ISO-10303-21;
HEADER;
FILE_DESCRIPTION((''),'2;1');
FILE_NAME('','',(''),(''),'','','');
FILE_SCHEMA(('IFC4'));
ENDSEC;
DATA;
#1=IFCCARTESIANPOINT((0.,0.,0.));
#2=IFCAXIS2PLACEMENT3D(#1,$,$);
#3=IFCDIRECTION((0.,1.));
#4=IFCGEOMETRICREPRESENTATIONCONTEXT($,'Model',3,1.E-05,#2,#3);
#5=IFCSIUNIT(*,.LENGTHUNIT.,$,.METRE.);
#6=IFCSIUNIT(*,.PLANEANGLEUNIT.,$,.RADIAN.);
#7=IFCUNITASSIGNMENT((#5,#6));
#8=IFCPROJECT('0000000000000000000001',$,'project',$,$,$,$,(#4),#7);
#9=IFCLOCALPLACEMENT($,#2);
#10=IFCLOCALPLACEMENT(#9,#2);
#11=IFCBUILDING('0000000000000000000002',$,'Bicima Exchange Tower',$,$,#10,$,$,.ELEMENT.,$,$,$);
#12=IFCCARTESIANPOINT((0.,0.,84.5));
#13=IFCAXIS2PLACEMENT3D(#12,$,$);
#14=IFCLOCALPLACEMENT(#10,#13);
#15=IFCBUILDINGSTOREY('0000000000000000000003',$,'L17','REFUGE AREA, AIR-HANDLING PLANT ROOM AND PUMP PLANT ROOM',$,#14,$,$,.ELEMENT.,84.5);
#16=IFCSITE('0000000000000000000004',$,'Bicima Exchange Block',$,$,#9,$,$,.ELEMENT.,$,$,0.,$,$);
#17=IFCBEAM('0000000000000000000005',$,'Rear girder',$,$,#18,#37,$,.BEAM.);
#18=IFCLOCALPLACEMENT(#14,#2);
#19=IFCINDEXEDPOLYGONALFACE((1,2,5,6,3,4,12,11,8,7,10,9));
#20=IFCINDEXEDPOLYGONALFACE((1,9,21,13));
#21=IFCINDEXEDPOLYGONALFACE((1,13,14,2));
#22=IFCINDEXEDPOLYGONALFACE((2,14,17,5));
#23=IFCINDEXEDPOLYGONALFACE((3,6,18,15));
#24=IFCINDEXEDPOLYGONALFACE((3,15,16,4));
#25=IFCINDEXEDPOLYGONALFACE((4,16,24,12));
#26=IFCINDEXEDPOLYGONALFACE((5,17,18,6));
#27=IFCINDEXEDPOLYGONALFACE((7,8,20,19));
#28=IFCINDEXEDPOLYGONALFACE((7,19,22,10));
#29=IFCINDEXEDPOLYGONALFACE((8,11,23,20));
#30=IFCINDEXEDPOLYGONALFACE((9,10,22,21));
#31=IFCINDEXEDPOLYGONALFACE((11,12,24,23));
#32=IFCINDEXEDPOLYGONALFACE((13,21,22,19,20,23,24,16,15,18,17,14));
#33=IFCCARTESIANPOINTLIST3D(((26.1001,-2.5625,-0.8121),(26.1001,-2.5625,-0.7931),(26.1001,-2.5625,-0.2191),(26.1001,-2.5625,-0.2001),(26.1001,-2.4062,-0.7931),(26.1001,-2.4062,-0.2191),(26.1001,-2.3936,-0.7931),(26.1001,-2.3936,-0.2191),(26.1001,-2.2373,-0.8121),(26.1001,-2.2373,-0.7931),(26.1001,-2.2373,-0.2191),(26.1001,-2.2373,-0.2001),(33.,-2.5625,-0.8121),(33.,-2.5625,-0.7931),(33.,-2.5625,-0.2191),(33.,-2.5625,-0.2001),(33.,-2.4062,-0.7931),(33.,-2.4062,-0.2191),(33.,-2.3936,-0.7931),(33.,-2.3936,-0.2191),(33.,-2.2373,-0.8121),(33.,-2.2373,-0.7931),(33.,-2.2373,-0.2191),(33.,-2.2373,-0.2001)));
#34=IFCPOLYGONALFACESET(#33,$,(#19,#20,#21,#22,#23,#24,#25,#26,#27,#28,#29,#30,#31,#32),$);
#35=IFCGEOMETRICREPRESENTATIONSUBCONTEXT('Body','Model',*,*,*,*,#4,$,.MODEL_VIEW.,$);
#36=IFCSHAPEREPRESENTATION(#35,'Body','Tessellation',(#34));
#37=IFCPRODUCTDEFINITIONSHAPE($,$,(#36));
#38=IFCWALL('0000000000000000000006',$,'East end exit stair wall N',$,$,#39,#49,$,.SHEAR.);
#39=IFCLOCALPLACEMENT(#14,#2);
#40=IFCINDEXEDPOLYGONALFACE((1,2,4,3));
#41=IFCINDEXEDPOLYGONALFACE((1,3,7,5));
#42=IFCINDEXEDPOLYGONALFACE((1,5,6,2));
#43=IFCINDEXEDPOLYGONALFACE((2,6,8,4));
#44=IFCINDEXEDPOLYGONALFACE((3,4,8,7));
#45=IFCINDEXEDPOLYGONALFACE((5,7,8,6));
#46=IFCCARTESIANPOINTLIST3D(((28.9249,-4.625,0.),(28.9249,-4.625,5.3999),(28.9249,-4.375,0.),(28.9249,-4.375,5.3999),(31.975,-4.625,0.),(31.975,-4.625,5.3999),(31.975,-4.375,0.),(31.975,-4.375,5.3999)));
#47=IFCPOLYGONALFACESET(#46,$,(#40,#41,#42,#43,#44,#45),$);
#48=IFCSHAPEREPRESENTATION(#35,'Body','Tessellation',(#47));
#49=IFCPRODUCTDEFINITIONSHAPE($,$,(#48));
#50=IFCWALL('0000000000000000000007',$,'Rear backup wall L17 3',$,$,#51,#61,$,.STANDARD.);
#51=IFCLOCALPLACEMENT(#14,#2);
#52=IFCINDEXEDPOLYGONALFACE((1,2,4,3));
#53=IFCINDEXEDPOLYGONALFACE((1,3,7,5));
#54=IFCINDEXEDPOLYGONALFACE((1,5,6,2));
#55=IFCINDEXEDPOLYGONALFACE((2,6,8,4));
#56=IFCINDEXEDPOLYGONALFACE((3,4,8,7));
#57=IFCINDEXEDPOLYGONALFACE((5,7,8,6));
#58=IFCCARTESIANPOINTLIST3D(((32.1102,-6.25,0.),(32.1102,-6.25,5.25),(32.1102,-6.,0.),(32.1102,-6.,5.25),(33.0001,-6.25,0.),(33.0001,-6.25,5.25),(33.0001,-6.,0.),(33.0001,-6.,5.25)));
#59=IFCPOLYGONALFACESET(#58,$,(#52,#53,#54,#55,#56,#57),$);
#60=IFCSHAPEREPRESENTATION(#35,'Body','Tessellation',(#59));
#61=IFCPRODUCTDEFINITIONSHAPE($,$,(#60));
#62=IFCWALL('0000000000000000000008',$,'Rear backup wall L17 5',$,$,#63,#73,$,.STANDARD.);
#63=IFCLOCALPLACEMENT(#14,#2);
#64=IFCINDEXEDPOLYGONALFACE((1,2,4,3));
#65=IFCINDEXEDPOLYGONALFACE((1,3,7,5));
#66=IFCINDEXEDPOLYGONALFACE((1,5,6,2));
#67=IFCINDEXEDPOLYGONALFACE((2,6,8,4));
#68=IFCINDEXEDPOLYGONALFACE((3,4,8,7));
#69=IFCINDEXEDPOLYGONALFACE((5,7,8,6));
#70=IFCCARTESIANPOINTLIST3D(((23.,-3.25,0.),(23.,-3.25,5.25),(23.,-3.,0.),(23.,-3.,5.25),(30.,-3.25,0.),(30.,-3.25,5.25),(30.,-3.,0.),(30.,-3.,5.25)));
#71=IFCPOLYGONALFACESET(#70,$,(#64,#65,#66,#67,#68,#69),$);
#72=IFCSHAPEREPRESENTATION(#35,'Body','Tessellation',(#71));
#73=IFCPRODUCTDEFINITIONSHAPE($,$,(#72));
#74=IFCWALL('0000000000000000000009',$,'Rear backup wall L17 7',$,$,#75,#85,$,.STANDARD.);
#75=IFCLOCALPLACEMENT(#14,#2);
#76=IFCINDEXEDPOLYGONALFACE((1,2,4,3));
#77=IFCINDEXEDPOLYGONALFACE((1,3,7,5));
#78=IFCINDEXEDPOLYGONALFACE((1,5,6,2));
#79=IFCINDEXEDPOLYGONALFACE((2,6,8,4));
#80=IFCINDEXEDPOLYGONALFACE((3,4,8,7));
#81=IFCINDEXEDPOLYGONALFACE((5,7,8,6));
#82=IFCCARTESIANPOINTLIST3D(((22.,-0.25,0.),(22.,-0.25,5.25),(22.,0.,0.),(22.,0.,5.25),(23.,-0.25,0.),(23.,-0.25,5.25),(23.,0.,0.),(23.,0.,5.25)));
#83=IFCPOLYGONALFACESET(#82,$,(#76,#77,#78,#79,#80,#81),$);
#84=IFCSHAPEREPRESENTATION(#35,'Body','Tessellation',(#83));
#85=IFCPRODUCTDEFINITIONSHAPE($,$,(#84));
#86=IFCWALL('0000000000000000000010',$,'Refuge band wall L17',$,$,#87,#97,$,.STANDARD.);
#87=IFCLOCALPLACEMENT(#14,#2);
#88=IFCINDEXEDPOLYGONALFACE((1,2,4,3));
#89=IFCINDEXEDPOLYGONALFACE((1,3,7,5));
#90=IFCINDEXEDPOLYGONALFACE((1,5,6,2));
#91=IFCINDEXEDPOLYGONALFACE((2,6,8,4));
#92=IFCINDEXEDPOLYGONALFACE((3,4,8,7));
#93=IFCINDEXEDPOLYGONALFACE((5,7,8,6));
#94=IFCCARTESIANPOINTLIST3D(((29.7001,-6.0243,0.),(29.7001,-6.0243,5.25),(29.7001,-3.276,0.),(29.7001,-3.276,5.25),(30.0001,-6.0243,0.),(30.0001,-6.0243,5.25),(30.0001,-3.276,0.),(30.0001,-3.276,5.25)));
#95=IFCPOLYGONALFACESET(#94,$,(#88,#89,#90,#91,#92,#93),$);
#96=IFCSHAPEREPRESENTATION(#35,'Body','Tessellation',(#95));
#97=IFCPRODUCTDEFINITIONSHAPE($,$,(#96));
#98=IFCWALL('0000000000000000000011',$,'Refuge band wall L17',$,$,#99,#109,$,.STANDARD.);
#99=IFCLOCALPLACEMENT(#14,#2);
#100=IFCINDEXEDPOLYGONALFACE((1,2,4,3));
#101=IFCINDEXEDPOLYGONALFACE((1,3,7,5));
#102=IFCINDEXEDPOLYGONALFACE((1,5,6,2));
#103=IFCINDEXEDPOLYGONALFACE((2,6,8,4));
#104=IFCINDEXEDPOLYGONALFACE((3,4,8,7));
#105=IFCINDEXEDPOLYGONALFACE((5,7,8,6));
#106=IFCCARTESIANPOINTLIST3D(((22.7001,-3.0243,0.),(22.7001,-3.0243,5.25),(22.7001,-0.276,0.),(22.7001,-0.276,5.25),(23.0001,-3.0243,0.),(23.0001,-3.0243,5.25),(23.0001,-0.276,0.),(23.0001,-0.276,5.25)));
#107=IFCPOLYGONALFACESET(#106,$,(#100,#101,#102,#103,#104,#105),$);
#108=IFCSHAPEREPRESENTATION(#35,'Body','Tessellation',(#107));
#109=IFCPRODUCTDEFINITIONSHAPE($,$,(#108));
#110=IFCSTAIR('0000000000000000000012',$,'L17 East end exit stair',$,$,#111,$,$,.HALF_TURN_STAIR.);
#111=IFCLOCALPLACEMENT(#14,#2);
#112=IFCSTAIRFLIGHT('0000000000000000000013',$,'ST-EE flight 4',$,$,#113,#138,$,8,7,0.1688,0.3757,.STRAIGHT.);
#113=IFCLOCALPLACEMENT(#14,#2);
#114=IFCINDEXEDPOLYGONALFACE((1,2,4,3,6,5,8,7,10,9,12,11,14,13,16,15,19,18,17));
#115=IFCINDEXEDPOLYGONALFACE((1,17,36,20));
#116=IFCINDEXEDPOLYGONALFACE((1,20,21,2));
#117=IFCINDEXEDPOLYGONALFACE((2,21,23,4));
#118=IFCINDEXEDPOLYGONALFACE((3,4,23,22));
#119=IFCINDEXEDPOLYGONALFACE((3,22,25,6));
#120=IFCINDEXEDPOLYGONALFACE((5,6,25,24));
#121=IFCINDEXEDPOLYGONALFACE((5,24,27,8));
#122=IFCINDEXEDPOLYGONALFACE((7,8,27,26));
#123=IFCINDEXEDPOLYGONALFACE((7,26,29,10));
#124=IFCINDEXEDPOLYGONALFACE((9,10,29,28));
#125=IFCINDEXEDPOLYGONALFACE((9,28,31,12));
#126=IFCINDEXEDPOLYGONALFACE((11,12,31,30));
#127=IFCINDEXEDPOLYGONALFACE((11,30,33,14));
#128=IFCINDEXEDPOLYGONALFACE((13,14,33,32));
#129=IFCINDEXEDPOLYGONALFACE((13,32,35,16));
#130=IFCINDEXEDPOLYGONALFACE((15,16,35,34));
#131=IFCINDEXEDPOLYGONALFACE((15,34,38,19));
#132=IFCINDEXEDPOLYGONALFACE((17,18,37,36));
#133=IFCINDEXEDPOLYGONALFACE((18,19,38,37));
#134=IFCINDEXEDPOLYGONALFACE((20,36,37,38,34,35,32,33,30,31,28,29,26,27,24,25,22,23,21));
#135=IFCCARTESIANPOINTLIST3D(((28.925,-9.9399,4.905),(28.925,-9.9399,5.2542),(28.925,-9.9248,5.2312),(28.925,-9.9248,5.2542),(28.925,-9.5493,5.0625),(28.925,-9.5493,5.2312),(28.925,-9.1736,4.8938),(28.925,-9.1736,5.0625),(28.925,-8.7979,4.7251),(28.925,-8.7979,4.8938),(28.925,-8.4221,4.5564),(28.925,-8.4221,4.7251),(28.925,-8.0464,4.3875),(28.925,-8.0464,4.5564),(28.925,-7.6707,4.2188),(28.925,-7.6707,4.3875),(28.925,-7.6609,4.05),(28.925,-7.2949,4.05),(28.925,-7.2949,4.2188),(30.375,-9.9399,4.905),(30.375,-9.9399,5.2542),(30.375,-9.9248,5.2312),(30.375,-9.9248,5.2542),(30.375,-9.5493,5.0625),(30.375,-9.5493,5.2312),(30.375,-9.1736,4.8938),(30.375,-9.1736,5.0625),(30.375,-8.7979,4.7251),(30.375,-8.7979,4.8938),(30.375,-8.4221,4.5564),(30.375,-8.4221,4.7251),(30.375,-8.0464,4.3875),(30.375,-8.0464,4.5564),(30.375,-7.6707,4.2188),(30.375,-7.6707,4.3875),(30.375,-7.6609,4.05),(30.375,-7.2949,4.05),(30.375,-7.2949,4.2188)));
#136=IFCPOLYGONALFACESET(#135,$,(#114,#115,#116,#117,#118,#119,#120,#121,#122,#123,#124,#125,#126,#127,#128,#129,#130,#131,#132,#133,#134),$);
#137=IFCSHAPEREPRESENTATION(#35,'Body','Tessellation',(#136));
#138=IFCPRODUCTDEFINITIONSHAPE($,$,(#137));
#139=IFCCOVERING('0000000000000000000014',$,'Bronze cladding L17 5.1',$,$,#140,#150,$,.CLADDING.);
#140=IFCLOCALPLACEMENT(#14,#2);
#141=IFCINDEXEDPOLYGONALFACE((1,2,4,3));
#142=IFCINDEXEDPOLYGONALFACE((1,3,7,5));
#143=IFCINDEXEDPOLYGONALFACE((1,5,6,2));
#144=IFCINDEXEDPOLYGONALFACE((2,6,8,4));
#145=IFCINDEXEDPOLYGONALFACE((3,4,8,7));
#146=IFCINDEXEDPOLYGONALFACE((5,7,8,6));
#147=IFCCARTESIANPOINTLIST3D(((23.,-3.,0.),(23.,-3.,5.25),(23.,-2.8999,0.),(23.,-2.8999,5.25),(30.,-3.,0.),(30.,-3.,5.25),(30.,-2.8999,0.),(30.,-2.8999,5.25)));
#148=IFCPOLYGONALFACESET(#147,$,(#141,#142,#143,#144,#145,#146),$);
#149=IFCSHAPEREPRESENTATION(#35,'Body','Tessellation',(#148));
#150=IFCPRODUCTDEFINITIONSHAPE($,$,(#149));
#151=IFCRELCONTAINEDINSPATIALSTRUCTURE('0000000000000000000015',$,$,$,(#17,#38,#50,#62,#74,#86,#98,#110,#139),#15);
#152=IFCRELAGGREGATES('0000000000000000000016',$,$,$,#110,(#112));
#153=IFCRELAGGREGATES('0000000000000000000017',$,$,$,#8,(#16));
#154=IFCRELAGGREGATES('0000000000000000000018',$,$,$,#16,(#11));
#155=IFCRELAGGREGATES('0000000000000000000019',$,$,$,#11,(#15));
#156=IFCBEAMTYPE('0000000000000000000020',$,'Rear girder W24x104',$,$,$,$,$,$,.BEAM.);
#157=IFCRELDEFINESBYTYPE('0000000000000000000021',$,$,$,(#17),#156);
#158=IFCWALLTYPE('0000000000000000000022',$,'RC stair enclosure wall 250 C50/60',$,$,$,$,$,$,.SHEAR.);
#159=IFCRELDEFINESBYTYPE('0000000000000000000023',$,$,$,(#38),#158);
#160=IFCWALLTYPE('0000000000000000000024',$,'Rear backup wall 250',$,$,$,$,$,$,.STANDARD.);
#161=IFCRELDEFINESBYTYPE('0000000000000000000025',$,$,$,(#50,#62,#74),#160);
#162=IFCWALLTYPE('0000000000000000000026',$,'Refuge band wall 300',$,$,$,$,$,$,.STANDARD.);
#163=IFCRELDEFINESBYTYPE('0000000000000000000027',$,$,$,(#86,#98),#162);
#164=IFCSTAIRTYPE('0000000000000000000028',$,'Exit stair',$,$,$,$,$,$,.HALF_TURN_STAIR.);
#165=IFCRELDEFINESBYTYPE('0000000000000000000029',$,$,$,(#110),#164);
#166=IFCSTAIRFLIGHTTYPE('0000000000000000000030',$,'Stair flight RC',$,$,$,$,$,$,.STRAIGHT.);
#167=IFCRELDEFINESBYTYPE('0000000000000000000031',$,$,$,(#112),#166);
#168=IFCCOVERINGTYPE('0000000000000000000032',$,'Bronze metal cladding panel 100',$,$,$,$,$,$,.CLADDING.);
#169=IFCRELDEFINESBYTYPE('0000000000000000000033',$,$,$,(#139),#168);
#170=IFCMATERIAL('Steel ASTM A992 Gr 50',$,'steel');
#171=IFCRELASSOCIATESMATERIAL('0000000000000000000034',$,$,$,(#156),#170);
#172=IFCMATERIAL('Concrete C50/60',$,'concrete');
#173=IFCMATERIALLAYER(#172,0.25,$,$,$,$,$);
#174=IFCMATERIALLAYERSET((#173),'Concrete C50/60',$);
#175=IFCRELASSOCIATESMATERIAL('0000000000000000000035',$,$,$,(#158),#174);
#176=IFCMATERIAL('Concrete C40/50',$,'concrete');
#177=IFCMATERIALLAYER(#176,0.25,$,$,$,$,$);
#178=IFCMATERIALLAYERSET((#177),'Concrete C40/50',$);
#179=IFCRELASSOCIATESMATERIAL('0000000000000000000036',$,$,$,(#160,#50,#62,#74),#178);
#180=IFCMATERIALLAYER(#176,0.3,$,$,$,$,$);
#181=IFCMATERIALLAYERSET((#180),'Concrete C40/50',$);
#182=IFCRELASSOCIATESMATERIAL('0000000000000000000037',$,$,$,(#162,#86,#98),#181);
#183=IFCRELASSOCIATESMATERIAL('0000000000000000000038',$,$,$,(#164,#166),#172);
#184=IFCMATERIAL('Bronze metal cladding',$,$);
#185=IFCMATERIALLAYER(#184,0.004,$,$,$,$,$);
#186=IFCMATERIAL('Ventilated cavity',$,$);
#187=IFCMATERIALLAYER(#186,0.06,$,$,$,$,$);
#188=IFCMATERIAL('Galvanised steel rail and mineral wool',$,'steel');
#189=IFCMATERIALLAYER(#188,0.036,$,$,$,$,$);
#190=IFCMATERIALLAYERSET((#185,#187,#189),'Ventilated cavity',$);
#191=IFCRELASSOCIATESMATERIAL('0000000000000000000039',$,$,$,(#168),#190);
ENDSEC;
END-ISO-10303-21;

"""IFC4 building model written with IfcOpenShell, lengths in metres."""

from ifc_helpers import new_model, si_unit, direction, frame, frame_2d, origin, origin_2d, place, context, subcontext, project, spatial, polyline, rectangle, i_section, outline, extrude, material, layer, layer_set, layer_usage, material_profile, profile_set, type_object, element, aggregate, save


model = new_model("IFC4")

# Units and contexts
model_context = context("Model", 3, precision=1e-05, world=origin(), true_north=direction((0.0, 1.0)))
body_context = subcontext(model_context, "Body", "Model", "MODEL_VIEW")
ifc_project = project(units=[si_unit("LENGTHUNIT", "METRE"), si_unit("PLANEANGLEUNIT", "RADIAN")], contexts=[model_context])

# Site, building, storey
site_placement = place(None, origin())
site = spatial("IfcSite", under=ifc_project, at=site_placement, Name="Bicima Exchange Block", CompositionType="ELEMENT", RefElevation=0.0)
building_placement = place(site_placement, origin())
building = spatial("IfcBuilding", under=site, at=building_placement, Name="Bicima Exchange Tower", CompositionType="ELEMENT")
storey_placement = place(building_placement, frame((0.0, 0.0, 84.5)))
storey = spatial("IfcBuildingStorey", under=building, at=storey_placement, Name="L17", Description="REFUGE AREA, AIR-HANDLING PLANT ROOM AND PUMP PLANT ROOM", CompositionType="ELEMENT", Elevation=84.5)

# Shared definitions
ifc_material_1 = material(Name="Steel ASTM A992 Gr 50", Category="steel")

# Beam
ifc_material_profile_1 = material_profile(ifc_material_1, i_section(OverallWidth=0.3252, OverallDepth=0.6121, WebThickness=0.0127, FlangeThickness=0.019, at=origin_2d()))
ifc_profile_set_1 = profile_set([ifc_material_profile_1], Name="Steel ASTM A992 Gr 50")
beam_type_1 = type_object("IfcBeamType", Name="Rear girder W24x104", PredefinedType="BEAM", material=ifc_profile_set_1)
beam_1_placement = place(storey_placement, frame((26.1001, -2.3999, -0.5061), z_axis=(1.0, 0.0, 0.0), x_axis=(0.0, 1.0, 0.0)))
element("IfcBeam", 1, at=beam_1_placement, inside=storey, type_object=beam_type_1, Name="Rear girder", PredefinedType="BEAM", context=body_context, shape_type="SweptSolid", body=[
    extrude(i_section(OverallWidth=0.3252, OverallDepth=0.6121, WebThickness=0.0127, FlangeThickness=0.019, at=origin_2d()), origin(), (0.0, 0.0, 1.0), 6.8999),
])

# Walls
ifc_material_2 = material(Name="Concrete C50/60", Category="concrete")
ifc_layer_1 = layer(ifc_material_2, 0.25)
ifc_layer_set_1 = layer_set([ifc_layer_1], Name="Concrete C50/60")
wall_type_1 = type_object("IfcWallType", Name="RC stair enclosure wall 250 C50/60", PredefinedType="SHEAR", material=ifc_layer_set_1)
wall_1_placement = place(storey_placement, frame((28.925, -4.5, 0.0), z_axis=(0.0, 0.0, 1.0), x_axis=(1.0, 0.0, 0.0)))
element("IfcWall", 2, at=wall_1_placement, inside=storey, type_object=wall_type_1, Name="East end exit stair wall N", PredefinedType="SHEAR", context=body_context, shape_type="SweptSolid", body=[
    extrude(rectangle(XDim=3.05, YDim=0.25, at=frame_2d((1.5249, 0.0))), origin(), (0.0, 0.0, 1.0), 5.3999),
])
ifc_material_3 = material(Name="Concrete C40/50", Category="concrete")
ifc_layer_2 = layer(ifc_material_3, 0.25)
ifc_layer_set_2 = layer_set([ifc_layer_2], Name="Concrete C40/50")
ifc_layer_usage_1 = layer_usage(ifc_layer_set_2, "AXIS2", "POSITIVE", -0.125)
wall_type_2 = type_object("IfcWallType", Name="Rear backup wall 250", PredefinedType="STANDARD", material=ifc_layer_set_2)
wall_2_placement = place(storey_placement, frame((33.0, -6.125, 0.0), z_axis=(0.0, 0.0, 1.0), x_axis=(-1.0, 0.0, 0.0)))
element("IfcWall", 3, at=wall_2_placement, inside=storey, type_object=wall_type_2, material=ifc_layer_usage_1, Name="Rear backup wall L17 3", PredefinedType="STANDARD", context=body_context, shape_type="SweptSolid", body=[
    extrude(rectangle(XDim=0.8899, YDim=0.25, at=frame_2d((0.4448, 0.0))), origin(), (0.0, 0.0, 1.0), 5.25),
])
wall_3_placement = place(storey_placement, frame((30.0, -3.125, 0.0), z_axis=(0.0, 0.0, 1.0), x_axis=(-1.0, 0.0, 0.0)))
element("IfcWall", 4, at=wall_3_placement, inside=storey, type_object=wall_type_2, material=ifc_layer_usage_1, Name="Rear backup wall L17 5", PredefinedType="STANDARD", context=body_context, shape_type="SweptSolid", body=[
    extrude(rectangle(XDim=7.0, YDim=0.25, at=frame_2d((3.5, 0.0))), origin(), (0.0, 0.0, 1.0), 5.25),
])
wall_4_placement = place(storey_placement, frame((23.0, -0.125, 0.0), z_axis=(0.0, 0.0, 1.0), x_axis=(-1.0, 0.0, 0.0)))
element("IfcWall", 5, at=wall_4_placement, inside=storey, type_object=wall_type_2, material=ifc_layer_usage_1, Name="Rear backup wall L17 7", PredefinedType="STANDARD", context=body_context, shape_type="SweptSolid", body=[
    extrude(rectangle(XDim=1.0, YDim=0.25, at=frame_2d((0.5, 0.0))), origin(), (0.0, 0.0, 1.0), 5.25),
])
ifc_layer_3 = layer(ifc_material_3, 0.3)
ifc_layer_set_3 = layer_set([ifc_layer_3], Name="Concrete C40/50")
ifc_layer_usage_2 = layer_usage(ifc_layer_set_3, "AXIS2", "POSITIVE", -0.15)
wall_type_3 = type_object("IfcWallType", Name="Refuge band wall 300", PredefinedType="STANDARD", material=ifc_layer_set_3)
for number, where, z_axis, x_axis, name in (
    (6, (29.8501, -6.0242, 0.0), (0.0, 0.0, 1.0), (0.0, 1.0, 0.0), "Refuge band wall L17"),
    (7, (22.8501, -3.0242, 0.0), (0.0, 0.0, 1.0), (0.0, 1.0, 0.0), "Refuge band wall L17"),
):
    element("IfcWall", number, at=place(storey_placement, frame(where, z_axis=z_axis, x_axis=x_axis)), inside=storey, type_object=wall_type_3, material=ifc_layer_usage_2, Name=name, PredefinedType="STANDARD", context=body_context, shape_type="SweptSolid", body=[
        extrude(rectangle(XDim=2.7483, YDim=0.3, at=frame_2d((1.374, 0.0))), origin(), (0.0, 0.0, 1.0), 5.25),
    ])

# Stair, stair flight
stair_type = type_object("IfcStairType", Name="Exit stair", PredefinedType="HALF_TURN_STAIR", material=ifc_material_2)
stair_placement = place(storey_placement, origin())
stair = element("IfcStair", 8, at=stair_placement, inside=storey, type_object=stair_type, Name="L17 East end exit stair", PredefinedType="HALF_TURN_STAIR")
stair_flight_type = type_object("IfcStairFlightType", Name="Stair flight RC", PredefinedType="STRAIGHT", material=ifc_material_2)
stair_flight_placement = place(storey_placement, frame((29.6499, -7.2949, 4.05), z_axis=(0.0, 0.0, 1.0), x_axis=(0.0, -1.0, 0.0)))
stair_flight = element("IfcStairFlight", 9, at=stair_flight_placement, type_object=stair_flight_type, Name="ST-EE flight 4", NumberOfRisers=8, NumberOfTreads=7, PredefinedType="STRAIGHT", RiserHeight=0.1688, TreadLength=0.3757, context=body_context, shape_type="SweptSolid", body=[
    extrude(outline(polyline([(0.0, 0.0), (0.0, 0.1687), (0.3757, 0.1687), (0.3757, 0.3374), (0.7515, 0.3374), (0.7515, 0.5063), (1.1272, 0.5063), (1.1272, 0.675), (1.5029, 0.675), (1.5029, 0.8438), (1.8787, 0.8438), (1.8787, 1.0125), (2.2544, 1.0125), (2.2544, 1.1812), (2.6299, 1.1812), (2.6299, 1.2041), (2.645, 1.2041), (2.645, 0.855), (0.366, 0.0), (0.0, 0.0)])), frame((0.0, 0.7251, 0.0), z_axis=(0.0, -1.0, 0.0), x_axis=(1.0, 0.0, 0.0)), (0.0, 0.0, 1.0), 1.45),
])
aggregate(stair, [stair_flight])

# Covering
ifc_material_4 = material(Name="Bronze metal cladding")
ifc_layer_4 = layer(ifc_material_4, 0.004)
ifc_material_5 = material(Name="Ventilated cavity")
ifc_layer_5 = layer(ifc_material_5, 0.06)
ifc_material_6 = material(Name="Galvanised steel rail and mineral wool", Category="steel")
ifc_layer_6 = layer(ifc_material_6, 0.036)
ifc_layer_set_4 = layer_set([ifc_layer_4, ifc_layer_5, ifc_layer_6], Name="Ventilated cavity")
covering_type = type_object("IfcCoveringType", Name="Bronze metal cladding panel 100", PredefinedType="CLADDING", material=ifc_layer_set_4)
covering_placement = place(storey_placement, frame((26.5, -2.95, 0.0), z_axis=(0.0, 0.0, 1.0), x_axis=(-1.0, 0.0, 0.0)))
element("IfcCovering", 10, at=covering_placement, inside=storey, type_object=covering_type, Name="Bronze cladding L17 5.1", PredefinedType="CLADDING", context=body_context, shape_type="SweptSolid", body=[
    extrude(rectangle(XDim=7.0, YDim=0.1001, at=origin_2d()), origin(), (0.0, 0.0, 1.0), 5.25),
])

save(model, "model.ifc")
